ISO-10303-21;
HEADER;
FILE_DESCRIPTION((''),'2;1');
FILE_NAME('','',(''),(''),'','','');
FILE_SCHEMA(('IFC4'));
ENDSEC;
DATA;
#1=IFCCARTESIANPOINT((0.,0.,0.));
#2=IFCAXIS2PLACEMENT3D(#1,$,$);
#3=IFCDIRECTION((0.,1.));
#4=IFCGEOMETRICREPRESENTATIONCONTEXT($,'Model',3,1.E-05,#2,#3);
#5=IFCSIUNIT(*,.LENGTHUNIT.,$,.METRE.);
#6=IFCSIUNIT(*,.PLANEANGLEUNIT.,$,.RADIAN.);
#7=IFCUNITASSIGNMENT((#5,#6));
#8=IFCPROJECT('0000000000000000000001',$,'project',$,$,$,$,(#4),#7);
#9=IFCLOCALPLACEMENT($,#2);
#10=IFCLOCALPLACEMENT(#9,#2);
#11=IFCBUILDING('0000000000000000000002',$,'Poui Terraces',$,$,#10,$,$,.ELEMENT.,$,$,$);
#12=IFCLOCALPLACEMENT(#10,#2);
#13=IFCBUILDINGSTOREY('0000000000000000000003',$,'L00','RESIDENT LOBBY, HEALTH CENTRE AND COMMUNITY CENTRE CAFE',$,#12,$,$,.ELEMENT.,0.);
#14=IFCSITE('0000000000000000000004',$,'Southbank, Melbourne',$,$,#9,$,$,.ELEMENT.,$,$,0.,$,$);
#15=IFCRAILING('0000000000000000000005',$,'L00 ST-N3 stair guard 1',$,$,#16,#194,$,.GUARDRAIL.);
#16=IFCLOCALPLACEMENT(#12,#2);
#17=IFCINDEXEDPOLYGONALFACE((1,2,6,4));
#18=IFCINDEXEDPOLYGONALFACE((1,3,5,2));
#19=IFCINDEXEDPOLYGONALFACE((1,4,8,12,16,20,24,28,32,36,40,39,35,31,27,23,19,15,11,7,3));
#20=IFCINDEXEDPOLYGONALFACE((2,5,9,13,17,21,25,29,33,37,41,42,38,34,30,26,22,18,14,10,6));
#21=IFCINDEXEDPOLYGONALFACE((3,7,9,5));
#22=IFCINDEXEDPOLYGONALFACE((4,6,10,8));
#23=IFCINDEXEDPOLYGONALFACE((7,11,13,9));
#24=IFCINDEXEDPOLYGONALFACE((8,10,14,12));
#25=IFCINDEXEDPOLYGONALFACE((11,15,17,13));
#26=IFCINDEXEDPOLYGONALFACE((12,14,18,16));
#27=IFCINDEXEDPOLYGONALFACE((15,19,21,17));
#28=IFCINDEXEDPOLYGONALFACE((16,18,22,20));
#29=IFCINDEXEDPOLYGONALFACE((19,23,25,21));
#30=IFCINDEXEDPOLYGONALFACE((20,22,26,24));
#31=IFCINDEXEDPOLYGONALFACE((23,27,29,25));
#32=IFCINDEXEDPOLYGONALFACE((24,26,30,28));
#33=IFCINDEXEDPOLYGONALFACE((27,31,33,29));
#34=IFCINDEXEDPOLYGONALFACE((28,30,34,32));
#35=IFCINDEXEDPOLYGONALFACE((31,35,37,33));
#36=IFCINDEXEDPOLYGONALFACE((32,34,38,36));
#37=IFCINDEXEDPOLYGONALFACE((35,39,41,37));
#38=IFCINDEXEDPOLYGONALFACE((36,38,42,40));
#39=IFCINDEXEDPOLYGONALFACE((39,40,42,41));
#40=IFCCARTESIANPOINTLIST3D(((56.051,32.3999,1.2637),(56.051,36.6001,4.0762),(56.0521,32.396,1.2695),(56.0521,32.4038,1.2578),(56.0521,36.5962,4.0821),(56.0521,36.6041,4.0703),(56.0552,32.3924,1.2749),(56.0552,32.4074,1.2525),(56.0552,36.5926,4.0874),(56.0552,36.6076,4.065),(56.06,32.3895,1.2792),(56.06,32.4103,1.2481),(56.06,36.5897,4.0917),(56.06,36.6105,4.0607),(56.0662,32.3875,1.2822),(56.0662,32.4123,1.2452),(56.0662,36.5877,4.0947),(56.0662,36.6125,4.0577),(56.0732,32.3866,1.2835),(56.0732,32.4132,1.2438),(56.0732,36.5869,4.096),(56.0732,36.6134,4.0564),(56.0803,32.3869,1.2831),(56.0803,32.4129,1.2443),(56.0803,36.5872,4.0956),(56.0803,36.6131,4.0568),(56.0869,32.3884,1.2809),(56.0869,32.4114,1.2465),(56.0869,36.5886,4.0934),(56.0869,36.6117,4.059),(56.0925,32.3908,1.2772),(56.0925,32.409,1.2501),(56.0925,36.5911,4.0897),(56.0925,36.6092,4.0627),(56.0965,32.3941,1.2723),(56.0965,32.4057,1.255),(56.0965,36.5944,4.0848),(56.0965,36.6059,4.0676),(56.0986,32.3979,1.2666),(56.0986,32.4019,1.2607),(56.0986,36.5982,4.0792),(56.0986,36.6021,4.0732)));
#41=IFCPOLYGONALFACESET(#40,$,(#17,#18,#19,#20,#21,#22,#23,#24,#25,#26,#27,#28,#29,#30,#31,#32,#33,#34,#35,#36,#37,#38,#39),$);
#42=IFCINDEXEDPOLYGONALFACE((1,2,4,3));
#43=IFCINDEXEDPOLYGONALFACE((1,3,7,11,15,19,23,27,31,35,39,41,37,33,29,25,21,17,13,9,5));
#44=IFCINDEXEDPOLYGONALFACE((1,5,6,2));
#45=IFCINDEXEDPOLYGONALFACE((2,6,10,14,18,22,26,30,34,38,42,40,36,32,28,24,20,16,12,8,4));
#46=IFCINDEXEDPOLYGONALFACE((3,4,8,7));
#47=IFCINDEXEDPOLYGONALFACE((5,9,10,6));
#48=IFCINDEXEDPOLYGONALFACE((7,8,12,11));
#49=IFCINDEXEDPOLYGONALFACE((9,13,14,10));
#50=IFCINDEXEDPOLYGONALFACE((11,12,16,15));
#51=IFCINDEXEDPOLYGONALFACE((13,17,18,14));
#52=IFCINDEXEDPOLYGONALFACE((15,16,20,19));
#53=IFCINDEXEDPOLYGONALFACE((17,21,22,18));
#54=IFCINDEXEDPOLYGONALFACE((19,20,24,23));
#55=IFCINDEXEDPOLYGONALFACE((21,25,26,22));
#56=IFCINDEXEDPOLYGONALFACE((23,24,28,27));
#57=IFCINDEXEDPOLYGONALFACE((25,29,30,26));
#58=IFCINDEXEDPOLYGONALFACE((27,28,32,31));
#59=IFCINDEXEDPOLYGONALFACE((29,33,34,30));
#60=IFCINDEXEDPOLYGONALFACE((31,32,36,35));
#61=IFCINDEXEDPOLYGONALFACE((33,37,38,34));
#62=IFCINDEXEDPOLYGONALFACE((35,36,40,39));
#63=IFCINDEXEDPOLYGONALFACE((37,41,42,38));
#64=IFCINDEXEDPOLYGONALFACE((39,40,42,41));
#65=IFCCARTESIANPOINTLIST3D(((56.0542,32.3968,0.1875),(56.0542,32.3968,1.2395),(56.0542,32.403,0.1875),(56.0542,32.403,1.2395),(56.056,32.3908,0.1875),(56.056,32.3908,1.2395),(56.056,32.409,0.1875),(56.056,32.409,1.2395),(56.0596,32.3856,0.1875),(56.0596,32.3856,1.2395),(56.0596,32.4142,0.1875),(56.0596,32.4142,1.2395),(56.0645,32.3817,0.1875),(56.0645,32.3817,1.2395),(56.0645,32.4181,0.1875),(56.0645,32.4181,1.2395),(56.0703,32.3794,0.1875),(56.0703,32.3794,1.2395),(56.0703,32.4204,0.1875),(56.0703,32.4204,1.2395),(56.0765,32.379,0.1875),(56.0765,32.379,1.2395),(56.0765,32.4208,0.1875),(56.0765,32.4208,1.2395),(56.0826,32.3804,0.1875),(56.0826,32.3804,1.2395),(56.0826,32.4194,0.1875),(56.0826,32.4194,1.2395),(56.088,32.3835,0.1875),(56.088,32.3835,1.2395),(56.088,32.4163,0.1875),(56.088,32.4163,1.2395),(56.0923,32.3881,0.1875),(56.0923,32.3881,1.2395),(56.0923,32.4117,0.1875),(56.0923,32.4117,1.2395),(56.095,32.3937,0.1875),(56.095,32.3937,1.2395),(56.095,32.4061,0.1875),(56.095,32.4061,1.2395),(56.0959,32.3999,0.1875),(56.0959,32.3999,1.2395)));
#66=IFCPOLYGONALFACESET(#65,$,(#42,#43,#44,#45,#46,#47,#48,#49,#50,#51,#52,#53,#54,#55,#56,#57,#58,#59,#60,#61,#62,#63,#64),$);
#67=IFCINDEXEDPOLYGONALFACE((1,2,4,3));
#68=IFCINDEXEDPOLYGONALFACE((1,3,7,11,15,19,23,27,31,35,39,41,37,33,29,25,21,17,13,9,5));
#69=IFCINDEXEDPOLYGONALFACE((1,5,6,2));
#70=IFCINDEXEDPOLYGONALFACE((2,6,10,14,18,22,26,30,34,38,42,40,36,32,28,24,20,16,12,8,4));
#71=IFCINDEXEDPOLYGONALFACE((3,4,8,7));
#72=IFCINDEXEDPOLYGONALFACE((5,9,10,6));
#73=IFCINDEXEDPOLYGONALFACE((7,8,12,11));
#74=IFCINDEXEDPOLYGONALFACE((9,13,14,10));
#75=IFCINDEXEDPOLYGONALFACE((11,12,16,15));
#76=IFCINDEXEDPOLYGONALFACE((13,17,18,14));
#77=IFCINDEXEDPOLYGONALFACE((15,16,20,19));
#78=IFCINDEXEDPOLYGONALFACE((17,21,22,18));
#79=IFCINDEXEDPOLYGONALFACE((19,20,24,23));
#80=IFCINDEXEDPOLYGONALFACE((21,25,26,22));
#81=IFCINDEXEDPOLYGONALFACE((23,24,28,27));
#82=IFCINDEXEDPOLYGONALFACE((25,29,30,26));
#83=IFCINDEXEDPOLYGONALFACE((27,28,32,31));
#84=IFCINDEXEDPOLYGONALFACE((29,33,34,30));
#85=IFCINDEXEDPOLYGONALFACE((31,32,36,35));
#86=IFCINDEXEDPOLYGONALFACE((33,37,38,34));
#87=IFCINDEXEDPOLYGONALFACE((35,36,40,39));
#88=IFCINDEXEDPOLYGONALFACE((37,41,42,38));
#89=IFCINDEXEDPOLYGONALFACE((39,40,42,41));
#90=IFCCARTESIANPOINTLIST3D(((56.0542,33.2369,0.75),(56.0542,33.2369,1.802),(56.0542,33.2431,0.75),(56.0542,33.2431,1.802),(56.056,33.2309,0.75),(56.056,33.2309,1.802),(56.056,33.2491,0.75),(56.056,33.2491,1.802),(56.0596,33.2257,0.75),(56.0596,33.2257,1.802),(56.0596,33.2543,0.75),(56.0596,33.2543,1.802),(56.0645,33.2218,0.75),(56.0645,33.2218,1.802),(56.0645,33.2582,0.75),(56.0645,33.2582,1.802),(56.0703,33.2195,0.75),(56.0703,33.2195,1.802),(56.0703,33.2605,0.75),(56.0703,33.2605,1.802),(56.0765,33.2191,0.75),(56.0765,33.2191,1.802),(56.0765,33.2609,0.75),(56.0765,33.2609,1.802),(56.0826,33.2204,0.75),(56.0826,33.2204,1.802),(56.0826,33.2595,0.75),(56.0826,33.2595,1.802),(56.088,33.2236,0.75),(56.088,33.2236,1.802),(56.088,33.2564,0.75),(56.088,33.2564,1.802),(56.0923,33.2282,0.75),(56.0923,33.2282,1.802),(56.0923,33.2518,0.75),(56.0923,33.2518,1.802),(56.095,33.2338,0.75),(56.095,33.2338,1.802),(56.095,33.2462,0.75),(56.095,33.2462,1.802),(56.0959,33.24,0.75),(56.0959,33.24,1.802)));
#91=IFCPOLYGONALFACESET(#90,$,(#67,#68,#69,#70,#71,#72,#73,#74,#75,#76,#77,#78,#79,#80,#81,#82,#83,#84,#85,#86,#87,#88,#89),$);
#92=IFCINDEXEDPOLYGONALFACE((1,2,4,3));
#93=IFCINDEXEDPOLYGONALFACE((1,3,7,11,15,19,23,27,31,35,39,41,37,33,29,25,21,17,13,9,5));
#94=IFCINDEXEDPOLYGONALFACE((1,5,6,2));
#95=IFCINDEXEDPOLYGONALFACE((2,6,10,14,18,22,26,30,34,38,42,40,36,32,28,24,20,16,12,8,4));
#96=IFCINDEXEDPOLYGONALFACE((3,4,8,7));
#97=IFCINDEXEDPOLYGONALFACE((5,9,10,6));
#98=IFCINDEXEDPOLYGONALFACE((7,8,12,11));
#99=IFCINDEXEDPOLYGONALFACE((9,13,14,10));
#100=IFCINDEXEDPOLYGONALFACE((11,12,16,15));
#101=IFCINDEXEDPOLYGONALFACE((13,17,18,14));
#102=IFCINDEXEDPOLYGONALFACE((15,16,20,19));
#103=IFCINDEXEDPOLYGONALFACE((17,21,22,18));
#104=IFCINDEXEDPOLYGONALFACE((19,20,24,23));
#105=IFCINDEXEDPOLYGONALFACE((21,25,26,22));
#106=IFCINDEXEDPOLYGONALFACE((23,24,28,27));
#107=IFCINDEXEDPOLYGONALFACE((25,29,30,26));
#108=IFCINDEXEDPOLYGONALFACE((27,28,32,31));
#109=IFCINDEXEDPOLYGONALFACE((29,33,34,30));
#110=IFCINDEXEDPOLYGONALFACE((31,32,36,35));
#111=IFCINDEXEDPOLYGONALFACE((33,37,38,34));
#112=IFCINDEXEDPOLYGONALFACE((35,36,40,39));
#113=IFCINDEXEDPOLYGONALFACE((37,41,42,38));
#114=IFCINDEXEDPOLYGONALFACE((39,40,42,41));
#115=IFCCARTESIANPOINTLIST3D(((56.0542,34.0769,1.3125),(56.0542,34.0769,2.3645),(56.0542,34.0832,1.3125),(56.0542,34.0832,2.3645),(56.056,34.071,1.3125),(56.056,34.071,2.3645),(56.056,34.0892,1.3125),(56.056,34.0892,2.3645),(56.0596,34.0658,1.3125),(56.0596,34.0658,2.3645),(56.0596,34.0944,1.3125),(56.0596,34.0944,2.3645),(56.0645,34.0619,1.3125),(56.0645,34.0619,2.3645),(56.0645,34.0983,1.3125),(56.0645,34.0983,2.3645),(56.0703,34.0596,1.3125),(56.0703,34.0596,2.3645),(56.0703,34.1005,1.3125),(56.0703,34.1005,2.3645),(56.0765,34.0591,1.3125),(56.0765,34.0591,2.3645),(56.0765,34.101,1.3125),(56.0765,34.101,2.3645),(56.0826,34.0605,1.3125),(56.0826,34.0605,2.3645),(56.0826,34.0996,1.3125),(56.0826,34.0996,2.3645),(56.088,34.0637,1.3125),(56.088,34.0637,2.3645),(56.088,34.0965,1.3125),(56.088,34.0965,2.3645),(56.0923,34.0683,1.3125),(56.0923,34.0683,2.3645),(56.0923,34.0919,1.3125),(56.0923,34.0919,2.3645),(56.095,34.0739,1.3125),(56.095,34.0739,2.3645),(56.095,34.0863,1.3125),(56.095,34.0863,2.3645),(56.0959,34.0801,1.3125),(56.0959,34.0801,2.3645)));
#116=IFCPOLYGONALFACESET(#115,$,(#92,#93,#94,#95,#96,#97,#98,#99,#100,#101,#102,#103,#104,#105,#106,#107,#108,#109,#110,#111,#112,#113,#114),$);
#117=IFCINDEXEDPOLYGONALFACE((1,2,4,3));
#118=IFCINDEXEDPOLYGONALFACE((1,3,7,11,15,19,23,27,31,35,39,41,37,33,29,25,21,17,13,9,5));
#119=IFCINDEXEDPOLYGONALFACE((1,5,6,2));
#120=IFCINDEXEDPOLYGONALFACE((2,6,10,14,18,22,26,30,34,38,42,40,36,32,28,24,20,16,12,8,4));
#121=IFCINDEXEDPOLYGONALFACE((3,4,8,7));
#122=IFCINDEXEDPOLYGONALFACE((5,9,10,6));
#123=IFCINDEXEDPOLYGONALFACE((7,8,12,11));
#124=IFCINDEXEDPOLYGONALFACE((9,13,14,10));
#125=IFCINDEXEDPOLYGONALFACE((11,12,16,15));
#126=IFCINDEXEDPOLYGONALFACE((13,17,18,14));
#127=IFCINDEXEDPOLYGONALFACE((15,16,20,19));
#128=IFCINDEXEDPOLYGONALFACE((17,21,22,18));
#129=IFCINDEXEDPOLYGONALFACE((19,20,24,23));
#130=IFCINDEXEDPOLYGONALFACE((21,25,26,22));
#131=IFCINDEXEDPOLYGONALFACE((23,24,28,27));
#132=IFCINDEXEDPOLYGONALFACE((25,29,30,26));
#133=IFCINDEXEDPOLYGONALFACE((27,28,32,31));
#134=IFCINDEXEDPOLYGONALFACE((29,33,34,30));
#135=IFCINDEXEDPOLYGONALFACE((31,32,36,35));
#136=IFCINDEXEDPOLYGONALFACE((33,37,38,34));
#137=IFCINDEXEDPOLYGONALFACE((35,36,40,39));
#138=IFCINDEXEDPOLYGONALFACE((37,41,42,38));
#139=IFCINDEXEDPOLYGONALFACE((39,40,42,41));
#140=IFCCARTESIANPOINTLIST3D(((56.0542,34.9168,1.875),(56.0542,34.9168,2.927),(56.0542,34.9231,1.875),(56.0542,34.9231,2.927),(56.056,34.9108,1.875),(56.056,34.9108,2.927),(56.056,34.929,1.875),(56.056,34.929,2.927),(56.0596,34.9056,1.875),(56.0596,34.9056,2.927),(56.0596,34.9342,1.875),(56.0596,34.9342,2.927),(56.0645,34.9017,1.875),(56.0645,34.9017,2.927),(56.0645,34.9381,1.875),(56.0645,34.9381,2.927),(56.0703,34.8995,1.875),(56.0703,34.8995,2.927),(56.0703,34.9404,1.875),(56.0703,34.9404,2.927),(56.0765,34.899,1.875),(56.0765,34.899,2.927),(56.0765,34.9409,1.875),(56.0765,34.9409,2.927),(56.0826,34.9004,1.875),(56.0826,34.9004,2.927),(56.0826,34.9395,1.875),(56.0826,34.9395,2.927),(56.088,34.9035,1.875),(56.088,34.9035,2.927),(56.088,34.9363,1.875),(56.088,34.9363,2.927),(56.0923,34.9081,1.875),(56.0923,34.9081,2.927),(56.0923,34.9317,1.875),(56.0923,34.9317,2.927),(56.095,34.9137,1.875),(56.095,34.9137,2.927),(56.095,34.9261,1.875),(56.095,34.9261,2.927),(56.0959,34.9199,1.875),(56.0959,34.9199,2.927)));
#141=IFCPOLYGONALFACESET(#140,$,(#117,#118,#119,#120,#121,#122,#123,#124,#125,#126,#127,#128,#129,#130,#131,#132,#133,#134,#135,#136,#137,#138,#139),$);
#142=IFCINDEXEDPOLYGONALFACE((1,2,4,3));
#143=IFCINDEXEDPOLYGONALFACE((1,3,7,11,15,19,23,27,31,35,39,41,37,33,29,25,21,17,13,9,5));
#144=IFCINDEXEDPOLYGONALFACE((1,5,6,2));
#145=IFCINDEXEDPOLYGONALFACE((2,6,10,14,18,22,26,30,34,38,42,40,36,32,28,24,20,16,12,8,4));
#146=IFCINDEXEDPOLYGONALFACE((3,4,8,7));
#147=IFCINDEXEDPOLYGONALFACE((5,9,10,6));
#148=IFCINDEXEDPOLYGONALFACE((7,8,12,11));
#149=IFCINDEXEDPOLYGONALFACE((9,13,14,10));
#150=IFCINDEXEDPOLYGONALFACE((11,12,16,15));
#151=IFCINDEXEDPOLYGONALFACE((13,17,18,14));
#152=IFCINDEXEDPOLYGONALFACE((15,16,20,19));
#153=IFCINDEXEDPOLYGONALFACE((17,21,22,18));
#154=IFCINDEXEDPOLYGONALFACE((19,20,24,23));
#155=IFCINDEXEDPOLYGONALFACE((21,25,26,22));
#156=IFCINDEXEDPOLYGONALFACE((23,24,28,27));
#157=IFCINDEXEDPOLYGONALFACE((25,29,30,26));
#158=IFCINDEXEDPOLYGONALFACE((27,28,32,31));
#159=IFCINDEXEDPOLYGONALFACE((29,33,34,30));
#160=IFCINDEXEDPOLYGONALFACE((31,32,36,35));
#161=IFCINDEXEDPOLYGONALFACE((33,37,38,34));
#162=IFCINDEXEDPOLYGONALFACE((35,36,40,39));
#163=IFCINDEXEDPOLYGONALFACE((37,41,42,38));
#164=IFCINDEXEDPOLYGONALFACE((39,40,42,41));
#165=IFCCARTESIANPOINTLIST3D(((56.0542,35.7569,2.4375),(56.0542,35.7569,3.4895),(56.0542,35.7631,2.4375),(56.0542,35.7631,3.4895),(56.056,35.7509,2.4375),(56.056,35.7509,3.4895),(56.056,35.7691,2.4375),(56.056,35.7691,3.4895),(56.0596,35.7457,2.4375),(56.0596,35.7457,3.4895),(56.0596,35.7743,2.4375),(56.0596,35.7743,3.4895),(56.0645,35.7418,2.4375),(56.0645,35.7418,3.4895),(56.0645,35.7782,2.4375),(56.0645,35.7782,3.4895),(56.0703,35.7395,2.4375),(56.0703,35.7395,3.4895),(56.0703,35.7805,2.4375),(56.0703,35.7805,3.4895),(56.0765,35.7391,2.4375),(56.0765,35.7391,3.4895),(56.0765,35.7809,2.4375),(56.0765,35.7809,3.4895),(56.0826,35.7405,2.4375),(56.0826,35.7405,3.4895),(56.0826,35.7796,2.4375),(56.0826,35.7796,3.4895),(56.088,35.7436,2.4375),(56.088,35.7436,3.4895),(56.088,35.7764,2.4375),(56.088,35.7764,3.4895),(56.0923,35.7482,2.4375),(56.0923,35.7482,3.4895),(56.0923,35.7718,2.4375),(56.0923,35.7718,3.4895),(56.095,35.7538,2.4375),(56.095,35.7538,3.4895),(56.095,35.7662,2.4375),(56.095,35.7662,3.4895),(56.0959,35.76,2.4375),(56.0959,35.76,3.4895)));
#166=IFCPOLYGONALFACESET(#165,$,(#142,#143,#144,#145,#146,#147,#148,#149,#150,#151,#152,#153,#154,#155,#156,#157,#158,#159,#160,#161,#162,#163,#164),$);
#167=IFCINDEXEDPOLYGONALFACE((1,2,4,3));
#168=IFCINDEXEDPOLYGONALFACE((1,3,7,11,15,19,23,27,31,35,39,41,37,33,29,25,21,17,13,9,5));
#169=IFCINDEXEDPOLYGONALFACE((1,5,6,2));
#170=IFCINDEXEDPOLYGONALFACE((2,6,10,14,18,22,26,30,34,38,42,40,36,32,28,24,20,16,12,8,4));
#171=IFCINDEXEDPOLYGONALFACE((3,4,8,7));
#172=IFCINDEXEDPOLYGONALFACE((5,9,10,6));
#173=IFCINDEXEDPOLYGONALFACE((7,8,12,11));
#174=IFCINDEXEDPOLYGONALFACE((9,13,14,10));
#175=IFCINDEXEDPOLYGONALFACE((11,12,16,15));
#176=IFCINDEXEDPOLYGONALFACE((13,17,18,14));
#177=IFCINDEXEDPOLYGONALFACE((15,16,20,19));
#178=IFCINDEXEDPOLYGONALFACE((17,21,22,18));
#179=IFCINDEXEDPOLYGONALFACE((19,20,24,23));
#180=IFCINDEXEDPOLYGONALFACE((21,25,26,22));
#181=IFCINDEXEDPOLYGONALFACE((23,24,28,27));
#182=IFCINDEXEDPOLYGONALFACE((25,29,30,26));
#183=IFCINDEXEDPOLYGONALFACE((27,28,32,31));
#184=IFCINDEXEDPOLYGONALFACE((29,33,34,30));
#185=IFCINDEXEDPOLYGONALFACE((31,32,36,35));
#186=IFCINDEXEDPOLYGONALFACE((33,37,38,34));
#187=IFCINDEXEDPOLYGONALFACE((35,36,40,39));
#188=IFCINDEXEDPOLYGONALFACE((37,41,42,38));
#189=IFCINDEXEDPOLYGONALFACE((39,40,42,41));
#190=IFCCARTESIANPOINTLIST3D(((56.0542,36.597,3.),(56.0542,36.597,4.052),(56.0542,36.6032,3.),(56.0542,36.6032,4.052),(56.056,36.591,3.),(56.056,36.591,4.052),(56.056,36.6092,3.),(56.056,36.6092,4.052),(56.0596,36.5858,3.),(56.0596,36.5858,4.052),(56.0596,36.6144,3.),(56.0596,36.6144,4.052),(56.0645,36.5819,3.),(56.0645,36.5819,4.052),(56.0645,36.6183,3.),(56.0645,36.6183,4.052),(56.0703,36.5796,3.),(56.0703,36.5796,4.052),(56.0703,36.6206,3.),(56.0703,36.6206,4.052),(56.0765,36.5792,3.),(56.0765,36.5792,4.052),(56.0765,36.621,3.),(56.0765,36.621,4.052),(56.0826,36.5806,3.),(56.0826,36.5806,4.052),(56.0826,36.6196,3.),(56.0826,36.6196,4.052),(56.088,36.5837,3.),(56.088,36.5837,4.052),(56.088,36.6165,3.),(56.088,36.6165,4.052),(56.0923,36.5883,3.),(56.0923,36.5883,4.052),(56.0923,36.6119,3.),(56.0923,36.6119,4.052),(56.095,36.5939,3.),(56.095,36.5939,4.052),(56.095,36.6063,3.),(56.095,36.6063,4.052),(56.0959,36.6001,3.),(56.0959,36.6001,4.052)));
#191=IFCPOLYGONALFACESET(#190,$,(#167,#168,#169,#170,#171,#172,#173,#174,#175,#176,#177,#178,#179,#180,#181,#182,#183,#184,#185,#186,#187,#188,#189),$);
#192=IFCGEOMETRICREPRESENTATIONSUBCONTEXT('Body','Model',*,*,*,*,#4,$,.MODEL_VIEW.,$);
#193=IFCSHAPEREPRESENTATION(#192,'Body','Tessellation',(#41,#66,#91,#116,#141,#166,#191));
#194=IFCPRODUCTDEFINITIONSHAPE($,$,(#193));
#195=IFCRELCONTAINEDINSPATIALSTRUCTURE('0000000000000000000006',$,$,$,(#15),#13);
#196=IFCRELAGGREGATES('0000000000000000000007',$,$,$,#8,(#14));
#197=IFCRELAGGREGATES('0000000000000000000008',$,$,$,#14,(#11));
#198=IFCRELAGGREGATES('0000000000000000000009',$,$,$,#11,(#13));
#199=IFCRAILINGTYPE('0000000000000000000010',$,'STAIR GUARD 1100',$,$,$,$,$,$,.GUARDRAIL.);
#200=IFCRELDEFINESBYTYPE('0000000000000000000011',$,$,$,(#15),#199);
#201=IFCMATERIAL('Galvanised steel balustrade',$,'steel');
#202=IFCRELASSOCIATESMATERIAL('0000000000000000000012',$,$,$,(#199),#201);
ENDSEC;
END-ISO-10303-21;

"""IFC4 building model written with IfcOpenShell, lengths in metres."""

from ifc_helpers import new_model, si_unit, direction, frame, origin, origin_2d, place, context, subcontext, project, spatial, circle, extrude, material, type_object, element, save


model = new_model("IFC4")

# Units and contexts
model_context = context("Model", 3, precision=1e-05, world=origin(), true_north=direction((0.0, 1.0)))
body_context = subcontext(model_context, "Body", "Model", "MODEL_VIEW")
ifc_project = project(units=[si_unit("LENGTHUNIT", "METRE"), si_unit("PLANEANGLEUNIT", "RADIAN")], contexts=[model_context])

# Site, building, storey
site_placement = place(None, origin())
site = spatial("IfcSite", under=ifc_project, at=site_placement, Name="Southbank, Melbourne", CompositionType="ELEMENT", RefElevation=0.0)
building_placement = place(site_placement, origin())
building = spatial("IfcBuilding", under=site, at=building_placement, Name="Poui Terraces", CompositionType="ELEMENT")
storey_placement = place(building_placement, origin())
storey = spatial("IfcBuildingStorey", under=building, at=storey_placement, Name="L00", Description="RESIDENT LOBBY, HEALTH CENTRE AND COMMUNITY CENTRE CAFE", CompositionType="ELEMENT", Elevation=0.0)

# Railing
ifc_material_1 = material(Name="Galvanised steel balustrade", Category="steel")
railing_type_1 = type_object("IfcRailingType", Name="STAIR GUARD 1100", PredefinedType="GUARDRAIL", material=ifc_material_1)
railing_1_placement = place(storey_placement, frame((56.075, 32.3999, 0.1875)))
element("IfcRailing", 1, at=railing_1_placement, inside=storey, type_object=railing_type_1, Name="L00 ST-N3 stair guard 1", PredefinedType="GUARDRAIL", context=body_context, shape_type="SweptSolid", body=[
    extrude(circle(Radius=0.0239, at=origin_2d()), frame((0.0, 0.0, 1.0762), z_axis=(0.0, 0.830919, 0.556393), x_axis=(-1.0, 0.0, 0.0)), (0.0, 0.0, 1.0), 5.0549),
    extrude(circle(Radius=0.021, at=origin_2d()), origin(), (0.0, 0.0, 1.0), 1.052),
    extrude(circle(Radius=0.021, at=origin_2d()), frame((0.0, 0.8401, 0.5625)), (0.0, 0.0, 1.0), 1.052),
    extrude(circle(Radius=0.021, at=origin_2d()), frame((0.0, 1.6802, 1.125)), (0.0, 0.0, 1.0), 1.052),
    extrude(circle(Radius=0.021, at=origin_2d()), frame((0.0, 2.52, 1.6875)), (0.0, 0.0, 1.0), 1.052),
    extrude(circle(Radius=0.021, at=origin_2d()), frame((0.0, 3.3601, 2.25)), (0.0, 0.0, 1.0), 1.052),
    extrude(circle(Radius=0.021, at=origin_2d()), frame((0.0, 4.2002, 2.8125)), (0.0, 0.0, 1.0), 1.052),
])

save(model, "model.ifc")
